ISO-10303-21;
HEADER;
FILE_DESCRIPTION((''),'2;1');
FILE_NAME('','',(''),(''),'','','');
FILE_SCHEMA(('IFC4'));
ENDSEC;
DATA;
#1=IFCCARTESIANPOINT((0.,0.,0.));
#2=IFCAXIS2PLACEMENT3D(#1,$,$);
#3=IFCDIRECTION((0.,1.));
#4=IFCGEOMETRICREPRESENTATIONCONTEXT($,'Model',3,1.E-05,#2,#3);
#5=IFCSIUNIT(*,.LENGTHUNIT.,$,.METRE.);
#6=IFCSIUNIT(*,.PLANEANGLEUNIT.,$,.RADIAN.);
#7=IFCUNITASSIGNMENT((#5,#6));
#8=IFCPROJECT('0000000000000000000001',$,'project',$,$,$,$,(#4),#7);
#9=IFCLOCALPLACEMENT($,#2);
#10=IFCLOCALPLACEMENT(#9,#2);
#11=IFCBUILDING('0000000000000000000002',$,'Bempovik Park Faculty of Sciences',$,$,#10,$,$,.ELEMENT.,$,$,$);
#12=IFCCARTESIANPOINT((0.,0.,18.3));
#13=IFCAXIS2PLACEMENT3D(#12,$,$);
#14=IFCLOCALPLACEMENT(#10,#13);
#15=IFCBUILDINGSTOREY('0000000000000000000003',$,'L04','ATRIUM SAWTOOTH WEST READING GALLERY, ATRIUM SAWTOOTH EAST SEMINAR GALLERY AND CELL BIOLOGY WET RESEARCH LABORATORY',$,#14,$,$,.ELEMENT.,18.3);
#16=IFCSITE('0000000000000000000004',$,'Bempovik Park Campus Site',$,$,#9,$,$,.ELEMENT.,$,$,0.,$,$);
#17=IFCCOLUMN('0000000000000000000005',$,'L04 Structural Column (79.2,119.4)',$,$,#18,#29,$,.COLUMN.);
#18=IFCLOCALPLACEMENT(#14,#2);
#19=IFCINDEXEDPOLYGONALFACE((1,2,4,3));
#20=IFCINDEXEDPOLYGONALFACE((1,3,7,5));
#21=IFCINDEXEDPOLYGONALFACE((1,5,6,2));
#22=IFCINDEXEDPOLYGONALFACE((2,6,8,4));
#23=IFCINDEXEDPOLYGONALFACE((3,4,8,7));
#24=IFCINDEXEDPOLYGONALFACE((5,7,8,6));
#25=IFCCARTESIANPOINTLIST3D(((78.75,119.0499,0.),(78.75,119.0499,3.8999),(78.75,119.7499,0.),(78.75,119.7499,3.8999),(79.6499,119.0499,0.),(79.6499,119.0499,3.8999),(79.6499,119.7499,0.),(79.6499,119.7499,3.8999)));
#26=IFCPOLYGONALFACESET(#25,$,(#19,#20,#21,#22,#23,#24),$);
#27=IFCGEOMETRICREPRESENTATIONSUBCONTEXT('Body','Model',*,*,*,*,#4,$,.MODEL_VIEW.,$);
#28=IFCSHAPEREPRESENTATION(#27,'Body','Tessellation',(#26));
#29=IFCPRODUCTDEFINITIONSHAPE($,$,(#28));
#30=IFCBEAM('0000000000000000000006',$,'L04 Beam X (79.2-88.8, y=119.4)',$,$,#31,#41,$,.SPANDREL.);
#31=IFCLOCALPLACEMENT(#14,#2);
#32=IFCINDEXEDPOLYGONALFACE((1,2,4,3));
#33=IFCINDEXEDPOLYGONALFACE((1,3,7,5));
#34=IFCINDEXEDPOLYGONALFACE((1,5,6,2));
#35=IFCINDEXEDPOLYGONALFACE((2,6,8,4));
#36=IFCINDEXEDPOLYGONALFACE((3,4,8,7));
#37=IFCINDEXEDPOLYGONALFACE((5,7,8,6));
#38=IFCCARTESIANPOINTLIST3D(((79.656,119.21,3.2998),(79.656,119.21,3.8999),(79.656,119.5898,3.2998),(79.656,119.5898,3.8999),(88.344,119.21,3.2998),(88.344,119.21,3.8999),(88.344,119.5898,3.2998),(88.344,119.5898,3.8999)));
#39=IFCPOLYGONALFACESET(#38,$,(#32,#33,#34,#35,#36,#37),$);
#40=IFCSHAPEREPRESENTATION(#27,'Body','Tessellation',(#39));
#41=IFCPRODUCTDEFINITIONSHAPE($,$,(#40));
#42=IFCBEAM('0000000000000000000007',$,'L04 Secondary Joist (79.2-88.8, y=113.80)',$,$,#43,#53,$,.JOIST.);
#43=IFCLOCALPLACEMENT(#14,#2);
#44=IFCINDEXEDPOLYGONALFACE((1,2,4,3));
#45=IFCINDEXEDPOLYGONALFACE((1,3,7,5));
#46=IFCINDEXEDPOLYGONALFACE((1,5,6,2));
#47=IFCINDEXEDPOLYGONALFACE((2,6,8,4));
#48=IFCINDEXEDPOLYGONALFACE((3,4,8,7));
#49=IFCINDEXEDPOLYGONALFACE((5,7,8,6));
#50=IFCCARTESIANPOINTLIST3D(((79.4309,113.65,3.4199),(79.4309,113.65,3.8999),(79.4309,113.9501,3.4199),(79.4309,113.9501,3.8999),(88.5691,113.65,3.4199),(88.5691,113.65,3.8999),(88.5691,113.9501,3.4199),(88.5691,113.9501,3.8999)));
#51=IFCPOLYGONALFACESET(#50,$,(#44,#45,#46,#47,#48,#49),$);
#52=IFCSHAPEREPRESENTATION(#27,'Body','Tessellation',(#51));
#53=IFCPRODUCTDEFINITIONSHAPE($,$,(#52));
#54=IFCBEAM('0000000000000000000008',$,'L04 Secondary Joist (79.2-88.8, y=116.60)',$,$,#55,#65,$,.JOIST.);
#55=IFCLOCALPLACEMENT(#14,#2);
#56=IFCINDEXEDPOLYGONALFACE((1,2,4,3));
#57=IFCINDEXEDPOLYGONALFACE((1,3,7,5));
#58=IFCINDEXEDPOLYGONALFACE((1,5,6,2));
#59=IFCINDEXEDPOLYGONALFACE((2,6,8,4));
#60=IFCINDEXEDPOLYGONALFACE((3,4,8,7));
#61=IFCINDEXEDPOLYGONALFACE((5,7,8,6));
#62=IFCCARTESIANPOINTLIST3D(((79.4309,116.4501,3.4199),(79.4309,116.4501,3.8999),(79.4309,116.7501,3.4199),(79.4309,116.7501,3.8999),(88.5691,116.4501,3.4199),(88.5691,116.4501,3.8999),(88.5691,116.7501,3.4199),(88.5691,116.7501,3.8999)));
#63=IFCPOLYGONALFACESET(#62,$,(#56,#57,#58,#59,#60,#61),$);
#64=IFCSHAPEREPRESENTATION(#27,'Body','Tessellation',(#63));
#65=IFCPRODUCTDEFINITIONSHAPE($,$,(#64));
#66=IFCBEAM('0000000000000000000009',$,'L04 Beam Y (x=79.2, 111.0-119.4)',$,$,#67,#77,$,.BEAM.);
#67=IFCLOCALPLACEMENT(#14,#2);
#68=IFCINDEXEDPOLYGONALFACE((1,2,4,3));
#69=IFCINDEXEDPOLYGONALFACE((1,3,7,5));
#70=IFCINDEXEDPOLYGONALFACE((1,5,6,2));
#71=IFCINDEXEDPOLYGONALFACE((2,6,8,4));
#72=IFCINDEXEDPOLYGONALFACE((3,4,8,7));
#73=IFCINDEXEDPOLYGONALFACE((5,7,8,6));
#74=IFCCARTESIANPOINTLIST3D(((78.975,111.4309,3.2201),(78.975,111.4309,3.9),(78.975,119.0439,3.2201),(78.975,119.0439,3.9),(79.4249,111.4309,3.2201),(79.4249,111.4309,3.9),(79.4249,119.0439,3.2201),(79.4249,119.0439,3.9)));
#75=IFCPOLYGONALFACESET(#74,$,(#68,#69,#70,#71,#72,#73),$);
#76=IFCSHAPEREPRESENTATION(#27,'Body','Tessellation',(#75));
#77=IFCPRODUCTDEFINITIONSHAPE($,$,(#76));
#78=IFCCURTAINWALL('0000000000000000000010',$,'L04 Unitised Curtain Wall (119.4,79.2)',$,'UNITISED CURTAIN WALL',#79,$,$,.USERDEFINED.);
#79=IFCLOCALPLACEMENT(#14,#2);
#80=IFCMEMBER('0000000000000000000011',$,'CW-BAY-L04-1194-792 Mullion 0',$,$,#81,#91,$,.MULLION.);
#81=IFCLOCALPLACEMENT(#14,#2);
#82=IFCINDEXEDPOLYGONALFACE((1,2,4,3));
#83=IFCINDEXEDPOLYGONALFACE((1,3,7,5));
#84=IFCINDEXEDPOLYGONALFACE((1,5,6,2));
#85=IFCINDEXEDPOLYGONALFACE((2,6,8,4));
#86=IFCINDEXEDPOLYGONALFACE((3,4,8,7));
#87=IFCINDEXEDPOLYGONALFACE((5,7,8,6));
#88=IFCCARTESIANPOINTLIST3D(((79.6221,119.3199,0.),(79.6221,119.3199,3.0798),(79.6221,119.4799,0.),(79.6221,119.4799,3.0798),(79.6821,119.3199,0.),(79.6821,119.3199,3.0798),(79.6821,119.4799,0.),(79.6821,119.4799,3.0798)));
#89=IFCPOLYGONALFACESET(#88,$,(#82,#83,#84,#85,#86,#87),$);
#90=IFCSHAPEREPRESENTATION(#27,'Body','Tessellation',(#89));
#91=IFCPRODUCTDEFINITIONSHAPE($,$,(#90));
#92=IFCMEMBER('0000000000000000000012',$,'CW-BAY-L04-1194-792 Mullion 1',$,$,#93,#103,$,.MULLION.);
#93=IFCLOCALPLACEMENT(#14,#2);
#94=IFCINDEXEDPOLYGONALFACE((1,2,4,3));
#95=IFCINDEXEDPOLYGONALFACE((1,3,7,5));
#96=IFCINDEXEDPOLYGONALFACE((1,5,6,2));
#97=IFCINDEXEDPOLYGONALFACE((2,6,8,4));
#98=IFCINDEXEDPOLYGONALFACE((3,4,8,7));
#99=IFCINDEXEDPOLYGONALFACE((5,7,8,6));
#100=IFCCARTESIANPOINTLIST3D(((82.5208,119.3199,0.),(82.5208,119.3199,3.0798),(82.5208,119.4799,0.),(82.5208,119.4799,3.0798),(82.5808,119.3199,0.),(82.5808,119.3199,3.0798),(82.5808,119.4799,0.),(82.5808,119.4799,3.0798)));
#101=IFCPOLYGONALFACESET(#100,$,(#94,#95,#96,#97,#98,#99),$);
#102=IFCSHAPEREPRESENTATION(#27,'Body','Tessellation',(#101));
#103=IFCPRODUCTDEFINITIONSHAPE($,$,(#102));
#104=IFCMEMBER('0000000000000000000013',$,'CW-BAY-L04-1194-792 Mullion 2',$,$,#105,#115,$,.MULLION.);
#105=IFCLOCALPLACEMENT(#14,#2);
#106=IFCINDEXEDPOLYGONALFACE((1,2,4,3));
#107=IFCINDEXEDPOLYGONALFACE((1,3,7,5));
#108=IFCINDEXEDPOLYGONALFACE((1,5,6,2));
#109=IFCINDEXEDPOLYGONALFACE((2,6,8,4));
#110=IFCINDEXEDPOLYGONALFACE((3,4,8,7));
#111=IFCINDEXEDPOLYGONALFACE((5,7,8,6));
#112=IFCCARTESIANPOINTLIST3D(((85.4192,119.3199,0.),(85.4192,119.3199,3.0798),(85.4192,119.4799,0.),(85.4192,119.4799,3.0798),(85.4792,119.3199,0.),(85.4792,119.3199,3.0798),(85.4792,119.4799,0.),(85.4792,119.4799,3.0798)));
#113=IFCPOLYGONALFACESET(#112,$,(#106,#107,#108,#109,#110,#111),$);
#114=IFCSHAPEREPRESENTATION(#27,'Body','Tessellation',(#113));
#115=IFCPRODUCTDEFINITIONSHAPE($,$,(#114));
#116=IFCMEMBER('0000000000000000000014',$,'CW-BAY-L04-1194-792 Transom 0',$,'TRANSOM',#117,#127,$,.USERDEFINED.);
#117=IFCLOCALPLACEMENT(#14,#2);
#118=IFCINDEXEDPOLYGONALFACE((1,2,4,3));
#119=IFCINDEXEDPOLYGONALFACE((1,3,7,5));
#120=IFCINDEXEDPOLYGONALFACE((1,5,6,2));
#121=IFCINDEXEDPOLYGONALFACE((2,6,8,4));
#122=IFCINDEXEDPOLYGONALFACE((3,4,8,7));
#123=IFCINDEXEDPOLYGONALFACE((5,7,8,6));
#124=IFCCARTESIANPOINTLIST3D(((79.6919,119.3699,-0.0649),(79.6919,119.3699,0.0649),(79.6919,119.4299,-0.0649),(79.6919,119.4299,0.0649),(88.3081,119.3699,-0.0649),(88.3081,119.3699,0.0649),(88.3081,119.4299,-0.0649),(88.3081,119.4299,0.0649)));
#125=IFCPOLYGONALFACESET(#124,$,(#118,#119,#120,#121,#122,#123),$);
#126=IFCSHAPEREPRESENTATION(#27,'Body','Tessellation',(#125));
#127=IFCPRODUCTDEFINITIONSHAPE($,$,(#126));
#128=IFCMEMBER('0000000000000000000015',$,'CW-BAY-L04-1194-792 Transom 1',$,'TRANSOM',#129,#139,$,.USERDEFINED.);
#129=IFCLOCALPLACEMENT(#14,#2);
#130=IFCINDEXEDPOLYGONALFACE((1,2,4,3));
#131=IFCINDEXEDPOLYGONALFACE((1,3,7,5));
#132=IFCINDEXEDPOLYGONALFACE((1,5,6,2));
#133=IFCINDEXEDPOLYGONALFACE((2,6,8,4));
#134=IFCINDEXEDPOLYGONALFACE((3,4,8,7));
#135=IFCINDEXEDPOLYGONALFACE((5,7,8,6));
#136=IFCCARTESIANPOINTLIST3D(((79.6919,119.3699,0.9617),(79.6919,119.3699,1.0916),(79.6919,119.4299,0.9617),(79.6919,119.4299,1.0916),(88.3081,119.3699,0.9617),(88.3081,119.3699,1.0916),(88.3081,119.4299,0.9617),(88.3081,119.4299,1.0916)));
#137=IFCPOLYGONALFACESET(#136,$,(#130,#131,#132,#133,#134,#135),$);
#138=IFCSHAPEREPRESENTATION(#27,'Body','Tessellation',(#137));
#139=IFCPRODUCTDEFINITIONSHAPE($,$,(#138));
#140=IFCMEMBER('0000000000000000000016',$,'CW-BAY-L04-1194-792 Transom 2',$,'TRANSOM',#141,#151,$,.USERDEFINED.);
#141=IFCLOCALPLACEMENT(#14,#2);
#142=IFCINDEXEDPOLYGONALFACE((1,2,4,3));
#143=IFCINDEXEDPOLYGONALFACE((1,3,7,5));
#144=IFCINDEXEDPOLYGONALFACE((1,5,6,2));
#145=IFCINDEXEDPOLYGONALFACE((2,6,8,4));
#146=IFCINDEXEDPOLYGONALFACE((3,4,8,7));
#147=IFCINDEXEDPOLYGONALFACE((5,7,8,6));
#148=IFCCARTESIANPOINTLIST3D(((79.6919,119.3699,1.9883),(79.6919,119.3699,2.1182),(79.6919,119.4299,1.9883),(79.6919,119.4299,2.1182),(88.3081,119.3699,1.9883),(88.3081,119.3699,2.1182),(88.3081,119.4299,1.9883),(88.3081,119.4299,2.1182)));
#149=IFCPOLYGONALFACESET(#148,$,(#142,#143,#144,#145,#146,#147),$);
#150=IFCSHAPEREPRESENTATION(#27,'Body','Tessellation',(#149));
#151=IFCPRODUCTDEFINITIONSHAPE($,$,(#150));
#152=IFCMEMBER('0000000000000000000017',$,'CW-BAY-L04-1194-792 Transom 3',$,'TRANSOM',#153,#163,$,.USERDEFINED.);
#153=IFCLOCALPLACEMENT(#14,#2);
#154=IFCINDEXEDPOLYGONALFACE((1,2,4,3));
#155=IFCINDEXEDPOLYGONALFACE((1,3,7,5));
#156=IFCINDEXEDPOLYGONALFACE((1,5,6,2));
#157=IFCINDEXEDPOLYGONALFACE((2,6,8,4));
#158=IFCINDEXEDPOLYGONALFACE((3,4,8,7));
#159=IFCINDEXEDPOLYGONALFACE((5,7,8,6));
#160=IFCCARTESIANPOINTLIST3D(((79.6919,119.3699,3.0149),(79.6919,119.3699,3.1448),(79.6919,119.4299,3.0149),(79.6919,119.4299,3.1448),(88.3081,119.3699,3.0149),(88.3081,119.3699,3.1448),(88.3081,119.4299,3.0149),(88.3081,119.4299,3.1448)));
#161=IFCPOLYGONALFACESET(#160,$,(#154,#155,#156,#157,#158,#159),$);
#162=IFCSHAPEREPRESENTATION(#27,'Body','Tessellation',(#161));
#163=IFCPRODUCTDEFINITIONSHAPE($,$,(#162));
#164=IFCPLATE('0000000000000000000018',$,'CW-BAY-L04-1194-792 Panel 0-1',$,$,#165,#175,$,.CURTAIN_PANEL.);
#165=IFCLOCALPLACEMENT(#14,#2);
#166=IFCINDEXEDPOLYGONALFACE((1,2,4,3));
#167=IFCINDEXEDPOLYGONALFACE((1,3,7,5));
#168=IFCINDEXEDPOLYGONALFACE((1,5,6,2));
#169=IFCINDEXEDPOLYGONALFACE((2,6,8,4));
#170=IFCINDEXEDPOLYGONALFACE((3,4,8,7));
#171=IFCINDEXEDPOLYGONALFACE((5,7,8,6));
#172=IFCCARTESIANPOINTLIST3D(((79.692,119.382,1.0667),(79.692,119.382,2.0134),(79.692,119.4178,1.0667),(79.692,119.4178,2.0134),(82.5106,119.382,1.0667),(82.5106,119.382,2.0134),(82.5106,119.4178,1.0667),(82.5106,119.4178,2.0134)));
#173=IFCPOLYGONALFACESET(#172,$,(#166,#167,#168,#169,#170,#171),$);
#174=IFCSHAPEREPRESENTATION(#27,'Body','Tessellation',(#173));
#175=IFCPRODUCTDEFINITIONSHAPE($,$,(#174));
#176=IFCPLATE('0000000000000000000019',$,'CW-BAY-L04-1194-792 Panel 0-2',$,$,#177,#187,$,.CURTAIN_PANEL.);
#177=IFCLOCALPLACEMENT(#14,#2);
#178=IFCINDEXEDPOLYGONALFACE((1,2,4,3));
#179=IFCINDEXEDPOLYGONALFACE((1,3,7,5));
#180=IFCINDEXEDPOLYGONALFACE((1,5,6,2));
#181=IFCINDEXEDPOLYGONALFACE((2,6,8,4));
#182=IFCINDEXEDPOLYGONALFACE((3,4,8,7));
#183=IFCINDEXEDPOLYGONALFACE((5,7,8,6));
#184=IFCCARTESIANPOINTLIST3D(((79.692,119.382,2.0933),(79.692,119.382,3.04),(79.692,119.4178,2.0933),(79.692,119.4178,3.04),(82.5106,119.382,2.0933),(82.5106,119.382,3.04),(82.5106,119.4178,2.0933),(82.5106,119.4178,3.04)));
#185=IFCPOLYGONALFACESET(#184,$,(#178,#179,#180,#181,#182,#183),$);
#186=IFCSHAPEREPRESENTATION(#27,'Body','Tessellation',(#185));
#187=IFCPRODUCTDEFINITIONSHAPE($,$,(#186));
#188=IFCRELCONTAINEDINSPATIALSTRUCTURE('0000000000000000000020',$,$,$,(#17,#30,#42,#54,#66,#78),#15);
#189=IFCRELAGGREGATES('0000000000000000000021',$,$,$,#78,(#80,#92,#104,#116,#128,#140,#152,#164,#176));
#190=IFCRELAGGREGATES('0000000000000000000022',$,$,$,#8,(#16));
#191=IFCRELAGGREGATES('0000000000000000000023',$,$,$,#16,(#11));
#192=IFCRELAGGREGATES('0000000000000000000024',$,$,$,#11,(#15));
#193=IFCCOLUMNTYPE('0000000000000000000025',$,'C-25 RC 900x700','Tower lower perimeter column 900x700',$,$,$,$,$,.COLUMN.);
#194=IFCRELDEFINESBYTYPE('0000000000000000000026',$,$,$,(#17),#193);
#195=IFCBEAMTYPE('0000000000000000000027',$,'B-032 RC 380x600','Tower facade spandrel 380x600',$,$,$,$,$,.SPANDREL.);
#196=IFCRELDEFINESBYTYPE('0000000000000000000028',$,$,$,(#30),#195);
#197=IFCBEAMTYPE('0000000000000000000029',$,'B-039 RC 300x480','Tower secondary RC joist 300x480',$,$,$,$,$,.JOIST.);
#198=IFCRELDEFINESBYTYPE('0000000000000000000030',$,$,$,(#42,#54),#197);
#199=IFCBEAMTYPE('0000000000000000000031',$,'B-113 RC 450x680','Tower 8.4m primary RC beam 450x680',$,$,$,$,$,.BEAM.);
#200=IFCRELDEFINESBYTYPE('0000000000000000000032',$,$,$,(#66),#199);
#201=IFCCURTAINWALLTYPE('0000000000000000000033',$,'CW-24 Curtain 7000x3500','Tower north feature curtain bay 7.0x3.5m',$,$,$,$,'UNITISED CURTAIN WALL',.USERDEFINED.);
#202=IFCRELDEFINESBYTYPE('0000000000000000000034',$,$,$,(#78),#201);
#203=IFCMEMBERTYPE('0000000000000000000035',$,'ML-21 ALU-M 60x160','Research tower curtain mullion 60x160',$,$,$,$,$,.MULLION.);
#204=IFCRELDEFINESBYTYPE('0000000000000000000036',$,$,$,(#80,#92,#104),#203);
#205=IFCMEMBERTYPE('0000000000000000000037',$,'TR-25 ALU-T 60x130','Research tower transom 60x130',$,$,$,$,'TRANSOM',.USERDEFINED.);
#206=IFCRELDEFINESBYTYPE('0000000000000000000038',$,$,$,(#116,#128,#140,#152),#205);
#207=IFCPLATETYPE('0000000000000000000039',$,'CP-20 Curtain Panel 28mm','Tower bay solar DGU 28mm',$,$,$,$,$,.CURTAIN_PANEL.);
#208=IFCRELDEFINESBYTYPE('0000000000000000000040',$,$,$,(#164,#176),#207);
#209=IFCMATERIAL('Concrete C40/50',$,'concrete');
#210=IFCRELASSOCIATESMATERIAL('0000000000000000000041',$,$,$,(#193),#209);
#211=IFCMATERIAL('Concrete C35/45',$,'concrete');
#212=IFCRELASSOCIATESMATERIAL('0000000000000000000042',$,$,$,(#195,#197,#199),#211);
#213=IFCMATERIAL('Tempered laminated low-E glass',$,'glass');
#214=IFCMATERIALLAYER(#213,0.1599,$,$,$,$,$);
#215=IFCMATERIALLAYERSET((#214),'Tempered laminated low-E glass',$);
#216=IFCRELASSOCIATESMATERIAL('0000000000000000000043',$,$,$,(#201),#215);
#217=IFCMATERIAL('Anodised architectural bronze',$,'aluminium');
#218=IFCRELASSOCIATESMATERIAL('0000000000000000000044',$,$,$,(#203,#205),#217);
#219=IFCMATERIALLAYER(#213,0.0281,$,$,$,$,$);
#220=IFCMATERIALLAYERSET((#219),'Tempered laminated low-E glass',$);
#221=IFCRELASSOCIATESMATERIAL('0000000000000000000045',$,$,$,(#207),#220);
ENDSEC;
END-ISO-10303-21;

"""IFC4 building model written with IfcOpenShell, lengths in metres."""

from ifc_helpers import new_model, si_unit, direction, frame, origin, origin_2d, place, context, subcontext, project, spatial, rectangle, extrude, material, layer, layer_set, material_profile, profile_set, type_object, element, aggregate, save


model = new_model("IFC4")

# Units and contexts
model_context = context("Model", 3, precision=1e-05, world=origin(), true_north=direction((0.0, 1.0)))
body_context = subcontext(model_context, "Body", "Model", "MODEL_VIEW")
ifc_project = project(units=[si_unit("LENGTHUNIT", "METRE"), si_unit("PLANEANGLEUNIT", "RADIAN")], contexts=[model_context])

# Site, building, storey
site_placement = place(None, origin())
site = spatial("IfcSite", under=ifc_project, at=site_placement, Name="Bempovik Park Campus Site", CompositionType="ELEMENT", RefElevation=0.0)
building_placement = place(site_placement, origin())
building = spatial("IfcBuilding", under=site, at=building_placement, Name="Bempovik Park Faculty of Sciences", CompositionType="ELEMENT")
storey_placement = place(building_placement, frame((0.0, 0.0, 18.3)))
storey = spatial("IfcBuildingStorey", under=building, at=storey_placement, Name="L04", Description="ATRIUM SAWTOOTH WEST READING GALLERY, ATRIUM SAWTOOTH EAST SEMINAR GALLERY AND CELL BIOLOGY WET RESEARCH LABORATORY", CompositionType="ELEMENT", Elevation=18.3)

# Column
ifc_material_1 = material(Name="Concrete C40/50", Category="concrete")
ifc_material_profile_1 = material_profile(ifc_material_1, rectangle(XDim=0.8999, YDim=0.7, at=origin_2d()), Name="RC 900x700")
ifc_profile_set_1 = profile_set([ifc_material_profile_1], Name="Concrete C40/50")
column_type = type_object("IfcColumnType", Name="C-25 RC 900x700", Description="Tower lower perimeter column 900x700", PredefinedType="COLUMN", material=ifc_profile_set_1)
column_placement = place(storey_placement, frame((79.2, 119.3999, 0.0), z_axis=(0.0, 0.0, 1.0), x_axis=(1.0, 0.0, 0.0)))
element("IfcColumn", 1, at=column_placement, inside=storey, type_object=column_type, Name="L04 Structural Column (79.2,119.4)", PredefinedType="COLUMN", context=body_context, shape_type="SweptSolid", body=[
    extrude(rectangle(XDim=0.8999, YDim=0.7, at=origin_2d()), origin(), (0.0, 0.0, 1.0), 3.8999),
])

# Beams
ifc_material_2 = material(Name="Concrete C35/45", Category="concrete")
ifc_material_profile_2 = material_profile(ifc_material_2, rectangle(XDim=0.3799, YDim=0.6001, at=origin_2d()), Name="RC 380x600")
ifc_profile_set_2 = profile_set([ifc_material_profile_2], Name="Concrete C35/45")
beam_type_1 = type_object("IfcBeamType", Name="B-032 RC 380x600", Description="Tower facade spandrel 380x600", PredefinedType="SPANDREL", material=ifc_profile_set_2)
beam_1_placement = place(storey_placement, frame((79.656, 119.3999, 3.5999), z_axis=(1.0, 0.0, 0.0), x_axis=(0.0, 1.0, 0.0)))
element("IfcBeam", 2, at=beam_1_placement, inside=storey, type_object=beam_type_1, Name="L04 Beam X (79.2-88.8, y=119.4)", PredefinedType="SPANDREL", context=body_context, shape_type="SweptSolid", body=[
    extrude(rectangle(XDim=0.3799, YDim=0.6001, at=origin_2d()), origin(), (0.0, 0.0, 1.0), 8.688),
])
ifc_material_profile_3 = material_profile(ifc_material_2, rectangle(XDim=0.3, YDim=0.48, at=origin_2d()), Name="RC 300x480")
ifc_profile_set_3 = profile_set([ifc_material_profile_3], Name="Concrete C35/45")
beam_type_2 = type_object("IfcBeamType", Name="B-039 RC 300x480", Description="Tower secondary RC joist 300x480", PredefinedType="JOIST", material=ifc_profile_set_3)
for number, where, z_axis, x_axis, name in (
    (3, (79.4309, 113.8, 3.6599), (1.0, 0.0, 0.0), (0.0, 1.0, 0.0), "L04 Secondary Joist (79.2-88.8, y=113.80)"),
    (4, (79.4309, 116.6001, 3.6599), (1.0, 0.0, 0.0), (0.0, 1.0, 0.0), "L04 Secondary Joist (79.2-88.8, y=116.60)"),
):
    element("IfcBeam", number, at=place(storey_placement, frame(where, z_axis=z_axis, x_axis=x_axis)), inside=storey, type_object=beam_type_2, Name=name, PredefinedType="JOIST", context=body_context, shape_type="SweptSolid", body=[
        extrude(rectangle(XDim=0.3, YDim=0.48, at=origin_2d()), origin(), (0.0, 0.0, 1.0), 9.1382),
    ])
ifc_material_profile_4 = material_profile(ifc_material_2, rectangle(XDim=0.45, YDim=0.6799, at=origin_2d()), Name="RC 450x680")
ifc_profile_set_4 = profile_set([ifc_material_profile_4], Name="Concrete C35/45")
beam_type_3 = type_object("IfcBeamType", Name="B-113 RC 450x680", Description="Tower 8.4m primary RC beam 450x680", PredefinedType="BEAM", material=ifc_profile_set_4)
beam_2_placement = place(storey_placement, frame((79.2, 111.4309, 3.5601), z_axis=(0.0, 1.0, 0.0), x_axis=(-1.0, 0.0, 0.0)))
element("IfcBeam", 5, at=beam_2_placement, inside=storey, type_object=beam_type_3, Name="L04 Beam Y (x=79.2, 111.0-119.4)", PredefinedType="BEAM", context=body_context, shape_type="SweptSolid", body=[
    extrude(rectangle(XDim=0.45, YDim=0.6799, at=origin_2d()), origin(), (0.0, 0.0, 1.0), 7.613),
])

# Curtain wall, members, plates
ifc_material_3 = material(Name="Tempered laminated low-E glass", Category="glass")
ifc_layer_1 = layer(ifc_material_3, 0.1599)
ifc_layer_set_1 = layer_set([ifc_layer_1], Name="Tempered laminated low-E glass")
curtain_wall_type = type_object("IfcCurtainWallType", Name="CW-24 Curtain 7000x3500", Description="Tower north feature curtain bay 7.0x3.5m", ElementType="UNITISED CURTAIN WALL", PredefinedType="USERDEFINED", material=ifc_layer_set_1)
curtain_wall_placement = place(storey_placement, origin())
curtain_wall = element("IfcCurtainWall", 6, at=curtain_wall_placement, inside=storey, type_object=curtain_wall_type, Name="L04 Unitised Curtain Wall (119.4,79.2)", ObjectType="UNITISED CURTAIN WALL", PredefinedType="USERDEFINED")
ifc_material_4 = material(Name="Anodised architectural bronze", Category="aluminium")
ifc_material_profile_5 = material_profile(ifc_material_4, rectangle(XDim=0.0601, YDim=0.1599, at=origin_2d()), Name="ALU-M 60x160")
ifc_profile_set_5 = profile_set([ifc_material_profile_5], Name="Anodised architectural bronze")
member_type_1 = type_object("IfcMemberType", Name="ML-21 ALU-M 60x160", Description="Research tower curtain mullion 60x160", PredefinedType="MULLION", material=ifc_profile_set_5)
member_1_placement = place(storey_placement, frame((79.6521, 119.3999, 0.0), z_axis=(0.0, 0.0, 1.0), x_axis=(1.0, 0.0, 0.0)))
member_1 = element("IfcMember", 7, at=member_1_placement, type_object=member_type_1, Name="CW-BAY-L04-1194-792 Mullion 0", PredefinedType="MULLION", context=body_context, shape_type="SweptSolid", body=[
    extrude(rectangle(XDim=0.0601, YDim=0.1599, at=origin_2d()), origin(), (0.0, 0.0, 1.0), 3.0798),
])
member_2_placement = place(storey_placement, frame((82.5508, 119.3999, 0.0), z_axis=(0.0, 0.0, 1.0), x_axis=(1.0, 0.0, 0.0)))
member_2 = element("IfcMember", 8, at=member_2_placement, type_object=member_type_1, Name="CW-BAY-L04-1194-792 Mullion 1", PredefinedType="MULLION", context=body_context, shape_type="SweptSolid", body=[
    extrude(rectangle(XDim=0.0601, YDim=0.1599, at=origin_2d()), origin(), (0.0, 0.0, 1.0), 3.0798),
])
member_3_placement = place(storey_placement, frame((85.4492, 119.3999, 0.0), z_axis=(0.0, 0.0, 1.0), x_axis=(1.0, 0.0, 0.0)))
member_3 = element("IfcMember", 9, at=member_3_placement, type_object=member_type_1, Name="CW-BAY-L04-1194-792 Mullion 2", PredefinedType="MULLION", context=body_context, shape_type="SweptSolid", body=[
    extrude(rectangle(XDim=0.0601, YDim=0.1599, at=origin_2d()), origin(), (0.0, 0.0, 1.0), 3.0798),
])
ifc_material_profile_6 = material_profile(ifc_material_4, rectangle(XDim=0.0601, YDim=0.1299, at=origin_2d()), Name="ALU-T 60x130")
ifc_profile_set_6 = profile_set([ifc_material_profile_6], Name="Anodised architectural bronze")
member_type_2 = type_object("IfcMemberType", Name="TR-25 ALU-T 60x130", Description="Research tower transom 60x130", ElementType="TRANSOM", PredefinedType="USERDEFINED", material=ifc_profile_set_6)
member_4_placement = place(storey_placement, frame((79.6919, 119.3999, 0.0), z_axis=(1.0, 0.0, 0.0), x_axis=(0.0, 1.0, 0.0)))
member_4 = element("IfcMember", 10, at=member_4_placement, type_object=member_type_2, Name="CW-BAY-L04-1194-792 Transom 0", ObjectType="TRANSOM", PredefinedType="USERDEFINED", context=body_context, shape_type="SweptSolid", body=[
    extrude(rectangle(XDim=0.0601, YDim=0.1299, at=origin_2d()), origin(), (0.0, 0.0, 1.0), 8.6162),
])
member_5_placement = place(storey_placement, frame((79.6919, 119.3999, 1.0266), z_axis=(1.0, 0.0, 0.0), x_axis=(0.0, 1.0, 0.0)))
member_5 = element("IfcMember", 11, at=member_5_placement, type_object=member_type_2, Name="CW-BAY-L04-1194-792 Transom 1", ObjectType="TRANSOM", PredefinedType="USERDEFINED", context=body_context, shape_type="SweptSolid", body=[
    extrude(rectangle(XDim=0.0601, YDim=0.1299, at=origin_2d()), origin(), (0.0, 0.0, 1.0), 8.6162),
])
member_6_placement = place(storey_placement, frame((79.6919, 119.3999, 2.0532), z_axis=(1.0, 0.0, 0.0), x_axis=(0.0, 1.0, 0.0)))
member_6 = element("IfcMember", 12, at=member_6_placement, type_object=member_type_2, Name="CW-BAY-L04-1194-792 Transom 2", ObjectType="TRANSOM", PredefinedType="USERDEFINED", context=body_context, shape_type="SweptSolid", body=[
    extrude(rectangle(XDim=0.0601, YDim=0.1299, at=origin_2d()), origin(), (0.0, 0.0, 1.0), 8.6162),
])
member_7_placement = place(storey_placement, frame((79.6919, 119.3999, 3.0798), z_axis=(1.0, 0.0, 0.0), x_axis=(0.0, 1.0, 0.0)))
member_7 = element("IfcMember", 13, at=member_7_placement, type_object=member_type_2, Name="CW-BAY-L04-1194-792 Transom 3", ObjectType="TRANSOM", PredefinedType="USERDEFINED", context=body_context, shape_type="SweptSolid", body=[
    extrude(rectangle(XDim=0.0601, YDim=0.1299, at=origin_2d()), origin(), (0.0, 0.0, 1.0), 8.6162),
])
ifc_layer_2 = layer(ifc_material_3, 0.0281)
ifc_layer_set_2 = layer_set([ifc_layer_2], Name="Tempered laminated low-E glass")
plate_type_1 = type_object("IfcPlateType", Name="CP-20 Curtain Panel 28mm", Description="Tower bay solar DGU 28mm", PredefinedType="CURTAIN_PANEL", material=ifc_layer_set_2)
plate_1_placement = place(storey_placement, frame((81.1013, 119.3999, 1.0667), z_axis=(0.0, 0.0, 1.0), x_axis=(1.0, 0.0, 0.0)))
plate_1 = element("IfcPlate", 14, at=plate_1_placement, type_object=plate_type_1, Name="CW-BAY-L04-1194-792 Panel 0-1", PredefinedType="CURTAIN_PANEL", context=body_context, shape_type="SweptSolid", body=[
    extrude(rectangle(XDim=2.8186, YDim=0.0359, at=origin_2d()), origin(), (0.0, 0.0, 1.0), 0.9468),
])
plate_2_placement = place(storey_placement, frame((81.1013, 119.3999, 2.0933), z_axis=(0.0, 0.0, 1.0), x_axis=(1.0, 0.0, 0.0)))
plate_2 = element("IfcPlate", 15, at=plate_2_placement, type_object=plate_type_1, Name="CW-BAY-L04-1194-792 Panel 0-2", PredefinedType="CURTAIN_PANEL", context=body_context, shape_type="SweptSolid", body=[
    extrude(rectangle(XDim=2.8186, YDim=0.0359, at=origin_2d()), origin(), (0.0, 0.0, 1.0), 0.9468),
])
aggregate(curtain_wall, [member_1, member_2, member_3, member_4, member_5, member_6, member_7, plate_1, plate_2])

save(model, "model.ifc")
